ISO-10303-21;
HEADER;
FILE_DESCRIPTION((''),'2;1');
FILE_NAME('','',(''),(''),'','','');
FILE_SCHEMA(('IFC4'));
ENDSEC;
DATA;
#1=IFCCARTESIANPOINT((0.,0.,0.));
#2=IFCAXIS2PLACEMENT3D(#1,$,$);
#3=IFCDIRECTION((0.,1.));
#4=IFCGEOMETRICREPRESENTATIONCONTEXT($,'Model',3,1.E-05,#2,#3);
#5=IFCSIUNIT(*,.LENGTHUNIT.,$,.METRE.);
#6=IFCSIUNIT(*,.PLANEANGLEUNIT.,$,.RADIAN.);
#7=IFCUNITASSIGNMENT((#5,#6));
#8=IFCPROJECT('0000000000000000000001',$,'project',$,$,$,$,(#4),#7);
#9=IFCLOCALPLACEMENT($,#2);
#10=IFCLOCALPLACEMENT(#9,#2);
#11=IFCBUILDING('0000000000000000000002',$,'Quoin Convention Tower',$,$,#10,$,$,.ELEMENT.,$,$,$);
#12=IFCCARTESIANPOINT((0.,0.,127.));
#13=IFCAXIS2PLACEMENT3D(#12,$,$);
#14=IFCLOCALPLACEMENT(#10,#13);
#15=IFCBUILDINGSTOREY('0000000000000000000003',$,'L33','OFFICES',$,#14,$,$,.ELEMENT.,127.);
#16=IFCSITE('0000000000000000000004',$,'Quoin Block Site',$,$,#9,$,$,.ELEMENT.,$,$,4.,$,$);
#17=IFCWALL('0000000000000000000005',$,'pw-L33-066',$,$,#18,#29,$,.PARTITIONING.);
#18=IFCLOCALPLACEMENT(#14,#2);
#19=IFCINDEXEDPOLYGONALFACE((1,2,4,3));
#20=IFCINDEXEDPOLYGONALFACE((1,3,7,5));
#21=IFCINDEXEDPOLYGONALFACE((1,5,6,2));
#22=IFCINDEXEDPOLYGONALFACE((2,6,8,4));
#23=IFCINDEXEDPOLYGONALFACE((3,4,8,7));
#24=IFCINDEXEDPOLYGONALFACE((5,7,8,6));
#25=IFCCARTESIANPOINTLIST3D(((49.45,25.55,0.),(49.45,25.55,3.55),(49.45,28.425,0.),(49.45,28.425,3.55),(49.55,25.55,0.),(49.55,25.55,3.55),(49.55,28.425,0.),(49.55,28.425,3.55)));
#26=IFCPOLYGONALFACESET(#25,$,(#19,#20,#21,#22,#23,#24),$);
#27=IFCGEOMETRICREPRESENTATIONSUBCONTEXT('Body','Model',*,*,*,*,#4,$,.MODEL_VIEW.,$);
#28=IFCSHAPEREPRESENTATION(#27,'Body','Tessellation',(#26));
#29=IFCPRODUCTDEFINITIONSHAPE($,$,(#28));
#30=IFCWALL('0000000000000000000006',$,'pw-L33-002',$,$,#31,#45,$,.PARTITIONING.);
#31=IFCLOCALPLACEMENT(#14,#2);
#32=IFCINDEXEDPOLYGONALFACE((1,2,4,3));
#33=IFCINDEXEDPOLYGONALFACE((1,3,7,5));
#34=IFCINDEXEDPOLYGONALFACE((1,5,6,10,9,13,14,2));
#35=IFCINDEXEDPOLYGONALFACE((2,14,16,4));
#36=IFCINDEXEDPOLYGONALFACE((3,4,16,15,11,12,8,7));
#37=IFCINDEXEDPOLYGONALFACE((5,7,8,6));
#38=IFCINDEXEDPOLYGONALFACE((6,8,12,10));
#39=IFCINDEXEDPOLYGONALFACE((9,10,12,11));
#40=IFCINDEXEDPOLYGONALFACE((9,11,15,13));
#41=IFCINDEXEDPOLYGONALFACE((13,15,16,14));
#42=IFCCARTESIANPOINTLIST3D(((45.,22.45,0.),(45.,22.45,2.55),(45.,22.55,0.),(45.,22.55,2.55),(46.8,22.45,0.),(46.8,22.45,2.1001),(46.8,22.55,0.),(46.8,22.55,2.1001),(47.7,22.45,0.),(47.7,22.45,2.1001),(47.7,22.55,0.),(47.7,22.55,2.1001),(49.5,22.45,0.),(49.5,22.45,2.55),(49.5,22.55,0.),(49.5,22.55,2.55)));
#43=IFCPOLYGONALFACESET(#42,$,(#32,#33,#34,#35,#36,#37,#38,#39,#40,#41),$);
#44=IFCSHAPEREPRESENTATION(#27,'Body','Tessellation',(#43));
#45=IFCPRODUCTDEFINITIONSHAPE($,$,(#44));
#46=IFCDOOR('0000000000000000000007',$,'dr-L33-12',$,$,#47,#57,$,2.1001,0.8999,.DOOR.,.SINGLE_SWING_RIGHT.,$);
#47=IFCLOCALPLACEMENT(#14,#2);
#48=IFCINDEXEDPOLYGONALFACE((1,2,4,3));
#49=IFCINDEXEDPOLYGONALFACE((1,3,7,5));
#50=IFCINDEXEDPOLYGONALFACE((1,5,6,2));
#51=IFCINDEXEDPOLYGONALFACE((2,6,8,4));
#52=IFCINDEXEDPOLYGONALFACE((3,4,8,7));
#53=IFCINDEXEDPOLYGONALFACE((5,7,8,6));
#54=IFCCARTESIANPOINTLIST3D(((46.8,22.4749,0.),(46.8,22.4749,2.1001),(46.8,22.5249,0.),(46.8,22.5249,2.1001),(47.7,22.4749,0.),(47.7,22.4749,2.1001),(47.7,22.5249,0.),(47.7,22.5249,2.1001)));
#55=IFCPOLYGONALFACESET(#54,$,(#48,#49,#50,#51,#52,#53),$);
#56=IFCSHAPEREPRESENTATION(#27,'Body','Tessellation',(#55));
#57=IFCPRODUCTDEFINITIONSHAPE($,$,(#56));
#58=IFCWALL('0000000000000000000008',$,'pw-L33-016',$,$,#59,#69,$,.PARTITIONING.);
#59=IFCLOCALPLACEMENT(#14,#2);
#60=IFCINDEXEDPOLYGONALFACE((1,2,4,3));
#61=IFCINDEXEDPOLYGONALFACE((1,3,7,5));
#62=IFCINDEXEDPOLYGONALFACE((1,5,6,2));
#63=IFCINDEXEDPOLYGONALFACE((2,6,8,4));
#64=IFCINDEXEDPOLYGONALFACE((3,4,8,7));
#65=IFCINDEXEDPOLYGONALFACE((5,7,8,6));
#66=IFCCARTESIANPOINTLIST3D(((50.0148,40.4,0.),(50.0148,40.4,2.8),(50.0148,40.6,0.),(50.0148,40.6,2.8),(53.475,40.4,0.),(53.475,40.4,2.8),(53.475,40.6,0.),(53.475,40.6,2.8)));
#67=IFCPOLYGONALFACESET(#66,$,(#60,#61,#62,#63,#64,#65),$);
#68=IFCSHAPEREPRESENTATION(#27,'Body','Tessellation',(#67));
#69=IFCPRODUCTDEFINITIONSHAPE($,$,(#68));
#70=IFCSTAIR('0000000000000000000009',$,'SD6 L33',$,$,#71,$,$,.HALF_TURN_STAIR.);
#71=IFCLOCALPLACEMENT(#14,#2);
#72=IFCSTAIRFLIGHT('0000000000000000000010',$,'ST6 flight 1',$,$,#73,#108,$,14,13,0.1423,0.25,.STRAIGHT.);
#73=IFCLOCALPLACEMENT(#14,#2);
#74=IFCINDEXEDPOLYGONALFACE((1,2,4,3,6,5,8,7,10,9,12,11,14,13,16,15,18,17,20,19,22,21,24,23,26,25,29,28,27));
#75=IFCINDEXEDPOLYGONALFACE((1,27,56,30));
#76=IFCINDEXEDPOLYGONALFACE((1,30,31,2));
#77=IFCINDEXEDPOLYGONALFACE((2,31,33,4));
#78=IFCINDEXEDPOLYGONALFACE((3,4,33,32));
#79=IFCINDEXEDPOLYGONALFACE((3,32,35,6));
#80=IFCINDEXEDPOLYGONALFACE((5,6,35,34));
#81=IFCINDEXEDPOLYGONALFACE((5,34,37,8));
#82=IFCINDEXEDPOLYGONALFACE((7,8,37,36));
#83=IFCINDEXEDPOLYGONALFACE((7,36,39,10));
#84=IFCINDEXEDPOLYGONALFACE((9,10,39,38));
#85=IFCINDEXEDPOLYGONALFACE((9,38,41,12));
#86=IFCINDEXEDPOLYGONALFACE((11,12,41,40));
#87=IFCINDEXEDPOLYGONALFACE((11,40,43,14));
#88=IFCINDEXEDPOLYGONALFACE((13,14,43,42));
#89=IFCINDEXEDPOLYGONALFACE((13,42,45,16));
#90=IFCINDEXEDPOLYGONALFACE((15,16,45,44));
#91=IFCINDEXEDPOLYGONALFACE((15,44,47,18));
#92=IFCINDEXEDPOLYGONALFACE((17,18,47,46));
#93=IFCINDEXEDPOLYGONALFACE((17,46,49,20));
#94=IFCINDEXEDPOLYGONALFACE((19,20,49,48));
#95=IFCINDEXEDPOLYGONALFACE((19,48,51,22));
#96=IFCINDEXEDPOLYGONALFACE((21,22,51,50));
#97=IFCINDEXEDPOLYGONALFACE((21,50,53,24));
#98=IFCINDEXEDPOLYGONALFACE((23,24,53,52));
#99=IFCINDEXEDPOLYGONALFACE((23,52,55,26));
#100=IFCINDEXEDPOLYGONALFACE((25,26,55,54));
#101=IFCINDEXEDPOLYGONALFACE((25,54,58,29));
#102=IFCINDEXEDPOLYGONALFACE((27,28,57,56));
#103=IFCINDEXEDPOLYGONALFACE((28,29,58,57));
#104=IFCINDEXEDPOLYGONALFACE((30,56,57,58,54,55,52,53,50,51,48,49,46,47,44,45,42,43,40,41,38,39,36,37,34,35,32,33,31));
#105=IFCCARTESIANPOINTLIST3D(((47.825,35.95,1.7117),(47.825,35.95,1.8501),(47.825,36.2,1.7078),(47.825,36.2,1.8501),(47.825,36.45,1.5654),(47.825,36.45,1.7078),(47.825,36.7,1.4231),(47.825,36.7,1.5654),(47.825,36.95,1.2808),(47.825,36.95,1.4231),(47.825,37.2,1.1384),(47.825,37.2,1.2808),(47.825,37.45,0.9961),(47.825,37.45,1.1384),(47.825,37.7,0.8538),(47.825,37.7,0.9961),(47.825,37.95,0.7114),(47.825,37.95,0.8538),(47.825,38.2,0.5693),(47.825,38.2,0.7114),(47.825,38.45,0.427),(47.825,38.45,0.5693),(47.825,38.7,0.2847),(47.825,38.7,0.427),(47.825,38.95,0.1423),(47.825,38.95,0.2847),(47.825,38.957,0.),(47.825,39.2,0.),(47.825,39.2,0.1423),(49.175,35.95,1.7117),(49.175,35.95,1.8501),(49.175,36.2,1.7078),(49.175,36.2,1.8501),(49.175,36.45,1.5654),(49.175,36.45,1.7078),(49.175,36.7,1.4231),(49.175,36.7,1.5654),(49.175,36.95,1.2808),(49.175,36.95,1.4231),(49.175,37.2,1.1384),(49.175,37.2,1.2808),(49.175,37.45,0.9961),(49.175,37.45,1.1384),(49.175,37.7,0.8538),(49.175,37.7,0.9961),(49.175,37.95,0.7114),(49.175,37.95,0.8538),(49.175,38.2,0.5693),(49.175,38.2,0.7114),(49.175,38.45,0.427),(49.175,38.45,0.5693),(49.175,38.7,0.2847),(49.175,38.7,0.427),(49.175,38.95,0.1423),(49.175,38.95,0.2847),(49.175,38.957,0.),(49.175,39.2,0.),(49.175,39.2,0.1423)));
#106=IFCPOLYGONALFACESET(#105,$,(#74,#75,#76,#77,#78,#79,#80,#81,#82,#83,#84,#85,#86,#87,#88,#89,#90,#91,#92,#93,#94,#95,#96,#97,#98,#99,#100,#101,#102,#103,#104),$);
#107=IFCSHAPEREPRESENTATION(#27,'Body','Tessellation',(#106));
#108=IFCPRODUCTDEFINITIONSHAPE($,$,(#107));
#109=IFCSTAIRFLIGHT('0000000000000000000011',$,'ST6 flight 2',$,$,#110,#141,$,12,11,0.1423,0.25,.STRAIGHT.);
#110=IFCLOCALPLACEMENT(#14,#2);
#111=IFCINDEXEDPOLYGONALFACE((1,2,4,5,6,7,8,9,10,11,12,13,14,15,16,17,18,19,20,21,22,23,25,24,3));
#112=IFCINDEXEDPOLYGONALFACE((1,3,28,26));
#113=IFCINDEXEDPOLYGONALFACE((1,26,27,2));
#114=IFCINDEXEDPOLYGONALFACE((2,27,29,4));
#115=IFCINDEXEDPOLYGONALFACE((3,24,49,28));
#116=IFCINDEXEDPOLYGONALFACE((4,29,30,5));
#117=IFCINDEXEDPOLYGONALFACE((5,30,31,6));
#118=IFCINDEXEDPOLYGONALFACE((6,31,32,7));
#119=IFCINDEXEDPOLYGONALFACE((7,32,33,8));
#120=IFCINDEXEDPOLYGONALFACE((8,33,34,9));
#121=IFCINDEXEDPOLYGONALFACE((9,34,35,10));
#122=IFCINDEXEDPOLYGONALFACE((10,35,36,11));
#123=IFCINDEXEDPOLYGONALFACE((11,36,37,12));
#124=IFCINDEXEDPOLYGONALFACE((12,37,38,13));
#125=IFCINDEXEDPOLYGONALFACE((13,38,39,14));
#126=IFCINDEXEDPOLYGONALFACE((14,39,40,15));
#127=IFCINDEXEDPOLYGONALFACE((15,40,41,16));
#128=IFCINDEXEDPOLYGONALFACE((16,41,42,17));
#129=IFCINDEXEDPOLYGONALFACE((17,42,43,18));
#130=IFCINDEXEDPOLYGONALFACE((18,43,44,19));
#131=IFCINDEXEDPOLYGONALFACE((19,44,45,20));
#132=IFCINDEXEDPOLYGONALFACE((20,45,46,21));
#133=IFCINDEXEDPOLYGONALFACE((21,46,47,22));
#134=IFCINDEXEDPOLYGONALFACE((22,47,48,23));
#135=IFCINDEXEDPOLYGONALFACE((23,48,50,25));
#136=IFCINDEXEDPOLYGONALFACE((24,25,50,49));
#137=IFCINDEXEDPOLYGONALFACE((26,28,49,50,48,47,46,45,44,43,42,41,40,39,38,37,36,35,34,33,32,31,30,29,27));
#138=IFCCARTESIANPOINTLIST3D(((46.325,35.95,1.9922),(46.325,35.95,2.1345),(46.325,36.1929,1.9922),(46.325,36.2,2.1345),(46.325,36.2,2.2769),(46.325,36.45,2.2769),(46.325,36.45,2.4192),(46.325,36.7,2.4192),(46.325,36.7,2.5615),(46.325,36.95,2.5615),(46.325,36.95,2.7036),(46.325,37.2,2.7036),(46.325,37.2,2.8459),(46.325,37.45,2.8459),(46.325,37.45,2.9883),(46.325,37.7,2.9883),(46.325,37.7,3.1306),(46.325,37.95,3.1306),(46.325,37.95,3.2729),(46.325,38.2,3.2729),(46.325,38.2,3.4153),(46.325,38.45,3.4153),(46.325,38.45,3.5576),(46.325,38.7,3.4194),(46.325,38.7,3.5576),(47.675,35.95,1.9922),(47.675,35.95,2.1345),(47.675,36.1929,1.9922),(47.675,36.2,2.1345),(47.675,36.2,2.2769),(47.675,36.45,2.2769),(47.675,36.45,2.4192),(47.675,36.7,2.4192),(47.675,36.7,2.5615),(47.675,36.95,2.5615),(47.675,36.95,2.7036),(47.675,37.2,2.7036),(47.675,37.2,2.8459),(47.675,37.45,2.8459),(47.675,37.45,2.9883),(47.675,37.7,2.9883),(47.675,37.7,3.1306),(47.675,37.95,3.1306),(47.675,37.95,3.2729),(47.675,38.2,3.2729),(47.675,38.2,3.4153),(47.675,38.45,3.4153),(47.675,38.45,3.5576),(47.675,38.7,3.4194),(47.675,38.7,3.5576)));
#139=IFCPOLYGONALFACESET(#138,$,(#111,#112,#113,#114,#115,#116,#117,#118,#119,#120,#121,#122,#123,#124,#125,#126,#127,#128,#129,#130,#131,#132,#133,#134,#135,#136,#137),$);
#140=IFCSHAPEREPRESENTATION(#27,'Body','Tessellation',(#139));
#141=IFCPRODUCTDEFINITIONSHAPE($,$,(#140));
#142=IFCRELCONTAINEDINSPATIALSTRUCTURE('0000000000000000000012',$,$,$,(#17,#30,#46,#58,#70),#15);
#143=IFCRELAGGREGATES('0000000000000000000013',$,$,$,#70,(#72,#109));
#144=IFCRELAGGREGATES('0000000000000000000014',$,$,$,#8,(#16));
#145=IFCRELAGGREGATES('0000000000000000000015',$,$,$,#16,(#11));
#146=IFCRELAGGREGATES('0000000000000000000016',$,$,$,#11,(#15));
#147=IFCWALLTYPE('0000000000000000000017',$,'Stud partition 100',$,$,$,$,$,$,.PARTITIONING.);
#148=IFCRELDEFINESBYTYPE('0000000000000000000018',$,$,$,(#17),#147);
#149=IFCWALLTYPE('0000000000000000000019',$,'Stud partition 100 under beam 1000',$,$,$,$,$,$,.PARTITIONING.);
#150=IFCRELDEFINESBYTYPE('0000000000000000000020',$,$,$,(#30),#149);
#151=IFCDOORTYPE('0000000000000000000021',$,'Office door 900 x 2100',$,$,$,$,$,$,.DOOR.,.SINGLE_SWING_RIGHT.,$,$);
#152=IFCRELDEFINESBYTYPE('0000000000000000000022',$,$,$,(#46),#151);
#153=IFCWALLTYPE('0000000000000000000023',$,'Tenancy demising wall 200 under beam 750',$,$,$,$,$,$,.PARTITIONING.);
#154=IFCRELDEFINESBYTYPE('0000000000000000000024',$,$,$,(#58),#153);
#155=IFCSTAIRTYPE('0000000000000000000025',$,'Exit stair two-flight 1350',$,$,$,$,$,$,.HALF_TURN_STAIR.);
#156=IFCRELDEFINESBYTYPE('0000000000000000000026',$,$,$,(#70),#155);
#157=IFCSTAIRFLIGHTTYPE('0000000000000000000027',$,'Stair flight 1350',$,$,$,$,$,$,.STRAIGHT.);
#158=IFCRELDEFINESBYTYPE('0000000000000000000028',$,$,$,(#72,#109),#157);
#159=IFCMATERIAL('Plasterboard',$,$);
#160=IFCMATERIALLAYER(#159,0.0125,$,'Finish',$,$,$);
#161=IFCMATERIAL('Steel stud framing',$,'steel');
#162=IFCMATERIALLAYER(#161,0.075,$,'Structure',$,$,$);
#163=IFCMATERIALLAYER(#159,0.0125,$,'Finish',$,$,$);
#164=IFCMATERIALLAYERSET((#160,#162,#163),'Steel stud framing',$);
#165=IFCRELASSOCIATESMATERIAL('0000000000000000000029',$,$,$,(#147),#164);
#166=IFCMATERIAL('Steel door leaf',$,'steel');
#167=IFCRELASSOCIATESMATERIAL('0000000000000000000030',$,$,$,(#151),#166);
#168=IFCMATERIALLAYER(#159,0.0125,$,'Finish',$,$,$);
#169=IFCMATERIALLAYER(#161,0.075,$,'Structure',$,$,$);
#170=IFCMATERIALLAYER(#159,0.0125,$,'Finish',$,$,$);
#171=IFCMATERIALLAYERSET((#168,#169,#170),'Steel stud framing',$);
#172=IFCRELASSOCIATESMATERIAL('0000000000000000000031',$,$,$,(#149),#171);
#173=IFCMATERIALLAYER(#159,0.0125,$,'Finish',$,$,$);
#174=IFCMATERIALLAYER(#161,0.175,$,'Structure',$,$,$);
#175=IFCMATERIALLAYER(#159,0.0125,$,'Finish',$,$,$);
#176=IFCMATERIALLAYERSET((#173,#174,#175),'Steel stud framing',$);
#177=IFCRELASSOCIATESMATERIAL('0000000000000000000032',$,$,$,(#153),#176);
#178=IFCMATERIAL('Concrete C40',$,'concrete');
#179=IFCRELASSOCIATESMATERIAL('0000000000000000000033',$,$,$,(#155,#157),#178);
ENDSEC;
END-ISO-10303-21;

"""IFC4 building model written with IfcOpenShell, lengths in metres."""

from ifc_helpers import new_model, si_unit, direction, frame, frame_2d, origin, place, context, subcontext, project, spatial, polyline, rectangle, outline, extrude, material, layer, layer_set, type_object, element, fill, aggregate, save


model = new_model("IFC4")

# Units and contexts
model_context = context("Model", 3, precision=1e-05, world=origin(), true_north=direction((0.0, 1.0)))
body_context = subcontext(model_context, "Body", "Model", "MODEL_VIEW")
ifc_project = project(units=[si_unit("LENGTHUNIT", "METRE"), si_unit("PLANEANGLEUNIT", "RADIAN")], contexts=[model_context])

# Site, building, storey
site_placement = place(None, origin())
site = spatial("IfcSite", under=ifc_project, at=site_placement, Name="Quoin Block Site", CompositionType="ELEMENT", RefElevation=4.0)
building_placement = place(site_placement, origin())
building = spatial("IfcBuilding", under=site, at=building_placement, Name="Quoin Convention Tower", CompositionType="ELEMENT")
storey_placement = place(building_placement, frame((0.0, 0.0, 127.0)))
storey = spatial("IfcBuildingStorey", under=building, at=storey_placement, Name="L33", Description="OFFICES", CompositionType="ELEMENT", Elevation=127.0)

# Shared definitions
ifc_material_1 = material(Name="Plasterboard")
ifc_material_2 = material(Name="Steel stud framing", Category="steel")

# Shared definitions
ifc_material_3 = material(Name="Steel door leaf", Category="steel")

# Shared definitions
ifc_layer_1 = layer(ifc_material_1, 0.0125, Name="Finish")
ifc_layer_2 = layer(ifc_material_2, 0.075, Name="Structure")
ifc_layer_3 = layer(ifc_material_1, 0.0125, Name="Finish")
ifc_layer_set_1 = layer_set([ifc_layer_1, ifc_layer_2, ifc_layer_3], Name="Steel stud framing")
wall_type_1 = type_object("IfcWallType", Name="Stud partition 100", PredefinedType="PARTITIONING", material=ifc_layer_set_1)
door_type_1 = type_object("IfcDoorType", Name="Office door 900 x 2100", OperationType="SINGLE_SWING_RIGHT", PredefinedType="DOOR", material=ifc_material_3)

# Wall
wall_1_placement = place(storey_placement, frame((49.5, 25.55, 0.0), z_axis=(0.0, 0.0, 1.0), x_axis=(0.0, 1.0, 0.0)))
element("IfcWall", 1, at=wall_1_placement, inside=storey, type_object=wall_type_1, Name="pw-L33-066", PredefinedType="PARTITIONING", context=body_context, shape_type="SweptSolid", body=[
    extrude(rectangle(XDim=2.875, YDim=0.1001, at=frame_2d((1.4375, 0.0))), origin(), (0.0, 0.0, 1.0), 3.55),
])

# Wall, opening, door
ifc_layer_4 = layer(ifc_material_1, 0.0125, Name="Finish")
ifc_layer_5 = layer(ifc_material_2, 0.075, Name="Structure")
ifc_layer_6 = layer(ifc_material_1, 0.0125, Name="Finish")
ifc_layer_set_2 = layer_set([ifc_layer_4, ifc_layer_5, ifc_layer_6], Name="Steel stud framing")
wall_type_2 = type_object("IfcWallType", Name="Stud partition 100 under beam 1000", PredefinedType="PARTITIONING", material=ifc_layer_set_2)
wall_2_placement = place(storey_placement, frame((45.0, 22.5, 0.0), z_axis=(0.0, 0.0, 1.0), x_axis=(1.0, 0.0, 0.0)))
wall_2 = element("IfcWall", 2, at=wall_2_placement, inside=storey, type_object=wall_type_2, Name="pw-L33-002", PredefinedType="PARTITIONING", context=body_context, shape_type="SweptSolid", body=[
    extrude(rectangle(XDim=4.5, YDim=0.1001, at=frame_2d((2.25, 0.0))), origin(), (0.0, 0.0, 1.0), 2.55),
])
opening_1_placement = place(wall_2_placement, frame((1.8, 0.0, 0.0)))
opening_1 = element("IfcOpeningElement", 3, at=opening_1_placement, cuts=wall_2, PredefinedType="OPENING", context=body_context, shape_type="SweptSolid", body=[
    extrude(rectangle(XDim=0.8999, YDim=2.1001, at=frame_2d((0.45, 1.05))), frame((0.0, 0.0601, 0.0), z_axis=(0.0, -1.0, 0.0), x_axis=(1.0, 0.0, 0.0)), (0.0, 0.0, 1.0), 0.1201),
])
door_1_placement = place(opening_1_placement, origin())
door_1 = element("IfcDoor", 4, at=door_1_placement, inside=storey, type_object=door_type_1, Name="dr-L33-12", OperationType="SINGLE_SWING_RIGHT", OverallHeight=2.1001, OverallWidth=0.8999, PredefinedType="DOOR", context=body_context, shape_type="SweptSolid", body=[
    extrude(rectangle(XDim=0.8999, YDim=2.1001, at=frame_2d((0.45, 1.05))), frame((0.0, 0.0249, 0.0), z_axis=(0.0, -1.0, 0.0), x_axis=(1.0, 0.0, 0.0)), (0.0, 0.0, 1.0), 0.05),
])
fill(opening_1, door_1)

# Wall
ifc_layer_7 = layer(ifc_material_1, 0.0125, Name="Finish")
ifc_layer_8 = layer(ifc_material_2, 0.175, Name="Structure")
ifc_layer_9 = layer(ifc_material_1, 0.0125, Name="Finish")
ifc_layer_set_3 = layer_set([ifc_layer_7, ifc_layer_8, ifc_layer_9], Name="Steel stud framing")
wall_type_3 = type_object("IfcWallType", Name="Tenancy demising wall 200 under beam 750", PredefinedType="PARTITIONING", material=ifc_layer_set_3)
wall_3_placement = place(storey_placement, frame((50.0149, 40.5, 0.0), z_axis=(0.0, 0.0, 1.0), x_axis=(1.0, 0.0, 0.0)))
element("IfcWall", 5, at=wall_3_placement, inside=storey, type_object=wall_type_3, Name="pw-L33-016", PredefinedType="PARTITIONING", context=body_context, shape_type="SweptSolid", body=[
    extrude(rectangle(XDim=3.4602, YDim=0.2, at=frame_2d((1.73, 0.0))), origin(), (0.0, 0.0, 1.0), 2.8),
])

# Stair, stair flights
ifc_material_4 = material(Name="Concrete C40", Category="concrete")
stair_type = type_object("IfcStairType", Name="Exit stair two-flight 1350", PredefinedType="HALF_TURN_STAIR", material=ifc_material_4)
stair_placement = place(storey_placement, origin())
stair = element("IfcStair", 6, at=stair_placement, inside=storey, type_object=stair_type, Name="SD6 L33", PredefinedType="HALF_TURN_STAIR")
stair_flight_type = type_object("IfcStairFlightType", Name="Stair flight 1350", PredefinedType="STRAIGHT", material=ifc_material_4)
stair_flight_1_placement = place(storey_placement, frame((48.5, 39.2, 0.0), z_axis=(0.0, 0.0, 1.0), x_axis=(0.0, -1.0, 0.0)))
stair_flight_1 = element("IfcStairFlight", 7, at=stair_flight_1_placement, type_object=stair_flight_type, Name="ST6 flight 1", NumberOfRisers=14, NumberOfTreads=13, PredefinedType="STRAIGHT", RiserHeight=0.1423, TreadLength=0.25, context=body_context, shape_type="SweptSolid", body=[
    extrude(outline(polyline([(0.0, 0.0), (0.0, 0.1423), (0.25, 0.1423), (0.25, 0.2847), (0.5, 0.2847), (0.5, 0.427), (0.75, 0.427), (0.75, 0.5693), (1.0, 0.5693), (1.0, 0.7114), (1.25, 0.7114), (1.25, 0.8538), (1.5, 0.8538), (1.5, 0.9961), (1.75, 0.9961), (1.75, 1.1384), (2.0, 1.1384), (2.0, 1.2808), (2.25, 1.2808), (2.25, 1.4231), (2.5, 1.4231), (2.5, 1.5654), (2.75, 1.5654), (2.75, 1.7078), (3.0, 1.7078), (3.0, 1.8501), (3.25, 1.8501), (3.25, 1.9922), (3.25, 1.7117), (0.2429, 0.0), (0.0, 0.0)])), frame((0.0, 0.675, 0.0), z_axis=(0.0, -1.0, 0.0), x_axis=(1.0, 0.0, 0.0)), (0.0, 0.0, 1.0), 1.3501),
])
stair_flight_2_placement = place(storey_placement, frame((47.0, 35.95, 1.9922), z_axis=(0.0, 0.0, 1.0), x_axis=(0.0, 1.0, 0.0)))
stair_flight_2 = element("IfcStairFlight", 8, at=stair_flight_2_placement, type_object=stair_flight_type, Name="ST6 flight 2", NumberOfRisers=12, NumberOfTreads=11, PredefinedType="STRAIGHT", RiserHeight=0.1423, TreadLength=0.25, context=body_context, shape_type="SweptSolid", body=[
    extrude(outline(polyline([(0.0, 0.0), (0.0, 0.1423), (0.25, 0.1423), (0.25, 0.2847), (0.5, 0.2847), (0.5, 0.427), (0.75, 0.427), (0.75, 0.5693), (1.0, 0.5693), (1.0, 0.7114), (1.25, 0.7114), (1.25, 0.8538), (1.5, 0.8538), (1.5, 0.9961), (1.75, 0.9961), (1.75, 1.1384), (2.0, 1.1384), (2.0, 1.2808), (2.25, 1.2808), (2.25, 1.4231), (2.5, 1.4231), (2.5, 1.5654), (2.75, 1.5654), (2.75, 1.7078), (2.75, 1.4272), (0.2429, 0.0), (0.0, 0.0)])), frame((0.0, 0.675, 0.0), z_axis=(0.0, -1.0, 0.0), x_axis=(1.0, 0.0, 0.0)), (0.0, 0.0, 1.0), 1.3501),
])
aggregate(stair, [stair_flight_1, stair_flight_2])

save(model, "model.ifc")
